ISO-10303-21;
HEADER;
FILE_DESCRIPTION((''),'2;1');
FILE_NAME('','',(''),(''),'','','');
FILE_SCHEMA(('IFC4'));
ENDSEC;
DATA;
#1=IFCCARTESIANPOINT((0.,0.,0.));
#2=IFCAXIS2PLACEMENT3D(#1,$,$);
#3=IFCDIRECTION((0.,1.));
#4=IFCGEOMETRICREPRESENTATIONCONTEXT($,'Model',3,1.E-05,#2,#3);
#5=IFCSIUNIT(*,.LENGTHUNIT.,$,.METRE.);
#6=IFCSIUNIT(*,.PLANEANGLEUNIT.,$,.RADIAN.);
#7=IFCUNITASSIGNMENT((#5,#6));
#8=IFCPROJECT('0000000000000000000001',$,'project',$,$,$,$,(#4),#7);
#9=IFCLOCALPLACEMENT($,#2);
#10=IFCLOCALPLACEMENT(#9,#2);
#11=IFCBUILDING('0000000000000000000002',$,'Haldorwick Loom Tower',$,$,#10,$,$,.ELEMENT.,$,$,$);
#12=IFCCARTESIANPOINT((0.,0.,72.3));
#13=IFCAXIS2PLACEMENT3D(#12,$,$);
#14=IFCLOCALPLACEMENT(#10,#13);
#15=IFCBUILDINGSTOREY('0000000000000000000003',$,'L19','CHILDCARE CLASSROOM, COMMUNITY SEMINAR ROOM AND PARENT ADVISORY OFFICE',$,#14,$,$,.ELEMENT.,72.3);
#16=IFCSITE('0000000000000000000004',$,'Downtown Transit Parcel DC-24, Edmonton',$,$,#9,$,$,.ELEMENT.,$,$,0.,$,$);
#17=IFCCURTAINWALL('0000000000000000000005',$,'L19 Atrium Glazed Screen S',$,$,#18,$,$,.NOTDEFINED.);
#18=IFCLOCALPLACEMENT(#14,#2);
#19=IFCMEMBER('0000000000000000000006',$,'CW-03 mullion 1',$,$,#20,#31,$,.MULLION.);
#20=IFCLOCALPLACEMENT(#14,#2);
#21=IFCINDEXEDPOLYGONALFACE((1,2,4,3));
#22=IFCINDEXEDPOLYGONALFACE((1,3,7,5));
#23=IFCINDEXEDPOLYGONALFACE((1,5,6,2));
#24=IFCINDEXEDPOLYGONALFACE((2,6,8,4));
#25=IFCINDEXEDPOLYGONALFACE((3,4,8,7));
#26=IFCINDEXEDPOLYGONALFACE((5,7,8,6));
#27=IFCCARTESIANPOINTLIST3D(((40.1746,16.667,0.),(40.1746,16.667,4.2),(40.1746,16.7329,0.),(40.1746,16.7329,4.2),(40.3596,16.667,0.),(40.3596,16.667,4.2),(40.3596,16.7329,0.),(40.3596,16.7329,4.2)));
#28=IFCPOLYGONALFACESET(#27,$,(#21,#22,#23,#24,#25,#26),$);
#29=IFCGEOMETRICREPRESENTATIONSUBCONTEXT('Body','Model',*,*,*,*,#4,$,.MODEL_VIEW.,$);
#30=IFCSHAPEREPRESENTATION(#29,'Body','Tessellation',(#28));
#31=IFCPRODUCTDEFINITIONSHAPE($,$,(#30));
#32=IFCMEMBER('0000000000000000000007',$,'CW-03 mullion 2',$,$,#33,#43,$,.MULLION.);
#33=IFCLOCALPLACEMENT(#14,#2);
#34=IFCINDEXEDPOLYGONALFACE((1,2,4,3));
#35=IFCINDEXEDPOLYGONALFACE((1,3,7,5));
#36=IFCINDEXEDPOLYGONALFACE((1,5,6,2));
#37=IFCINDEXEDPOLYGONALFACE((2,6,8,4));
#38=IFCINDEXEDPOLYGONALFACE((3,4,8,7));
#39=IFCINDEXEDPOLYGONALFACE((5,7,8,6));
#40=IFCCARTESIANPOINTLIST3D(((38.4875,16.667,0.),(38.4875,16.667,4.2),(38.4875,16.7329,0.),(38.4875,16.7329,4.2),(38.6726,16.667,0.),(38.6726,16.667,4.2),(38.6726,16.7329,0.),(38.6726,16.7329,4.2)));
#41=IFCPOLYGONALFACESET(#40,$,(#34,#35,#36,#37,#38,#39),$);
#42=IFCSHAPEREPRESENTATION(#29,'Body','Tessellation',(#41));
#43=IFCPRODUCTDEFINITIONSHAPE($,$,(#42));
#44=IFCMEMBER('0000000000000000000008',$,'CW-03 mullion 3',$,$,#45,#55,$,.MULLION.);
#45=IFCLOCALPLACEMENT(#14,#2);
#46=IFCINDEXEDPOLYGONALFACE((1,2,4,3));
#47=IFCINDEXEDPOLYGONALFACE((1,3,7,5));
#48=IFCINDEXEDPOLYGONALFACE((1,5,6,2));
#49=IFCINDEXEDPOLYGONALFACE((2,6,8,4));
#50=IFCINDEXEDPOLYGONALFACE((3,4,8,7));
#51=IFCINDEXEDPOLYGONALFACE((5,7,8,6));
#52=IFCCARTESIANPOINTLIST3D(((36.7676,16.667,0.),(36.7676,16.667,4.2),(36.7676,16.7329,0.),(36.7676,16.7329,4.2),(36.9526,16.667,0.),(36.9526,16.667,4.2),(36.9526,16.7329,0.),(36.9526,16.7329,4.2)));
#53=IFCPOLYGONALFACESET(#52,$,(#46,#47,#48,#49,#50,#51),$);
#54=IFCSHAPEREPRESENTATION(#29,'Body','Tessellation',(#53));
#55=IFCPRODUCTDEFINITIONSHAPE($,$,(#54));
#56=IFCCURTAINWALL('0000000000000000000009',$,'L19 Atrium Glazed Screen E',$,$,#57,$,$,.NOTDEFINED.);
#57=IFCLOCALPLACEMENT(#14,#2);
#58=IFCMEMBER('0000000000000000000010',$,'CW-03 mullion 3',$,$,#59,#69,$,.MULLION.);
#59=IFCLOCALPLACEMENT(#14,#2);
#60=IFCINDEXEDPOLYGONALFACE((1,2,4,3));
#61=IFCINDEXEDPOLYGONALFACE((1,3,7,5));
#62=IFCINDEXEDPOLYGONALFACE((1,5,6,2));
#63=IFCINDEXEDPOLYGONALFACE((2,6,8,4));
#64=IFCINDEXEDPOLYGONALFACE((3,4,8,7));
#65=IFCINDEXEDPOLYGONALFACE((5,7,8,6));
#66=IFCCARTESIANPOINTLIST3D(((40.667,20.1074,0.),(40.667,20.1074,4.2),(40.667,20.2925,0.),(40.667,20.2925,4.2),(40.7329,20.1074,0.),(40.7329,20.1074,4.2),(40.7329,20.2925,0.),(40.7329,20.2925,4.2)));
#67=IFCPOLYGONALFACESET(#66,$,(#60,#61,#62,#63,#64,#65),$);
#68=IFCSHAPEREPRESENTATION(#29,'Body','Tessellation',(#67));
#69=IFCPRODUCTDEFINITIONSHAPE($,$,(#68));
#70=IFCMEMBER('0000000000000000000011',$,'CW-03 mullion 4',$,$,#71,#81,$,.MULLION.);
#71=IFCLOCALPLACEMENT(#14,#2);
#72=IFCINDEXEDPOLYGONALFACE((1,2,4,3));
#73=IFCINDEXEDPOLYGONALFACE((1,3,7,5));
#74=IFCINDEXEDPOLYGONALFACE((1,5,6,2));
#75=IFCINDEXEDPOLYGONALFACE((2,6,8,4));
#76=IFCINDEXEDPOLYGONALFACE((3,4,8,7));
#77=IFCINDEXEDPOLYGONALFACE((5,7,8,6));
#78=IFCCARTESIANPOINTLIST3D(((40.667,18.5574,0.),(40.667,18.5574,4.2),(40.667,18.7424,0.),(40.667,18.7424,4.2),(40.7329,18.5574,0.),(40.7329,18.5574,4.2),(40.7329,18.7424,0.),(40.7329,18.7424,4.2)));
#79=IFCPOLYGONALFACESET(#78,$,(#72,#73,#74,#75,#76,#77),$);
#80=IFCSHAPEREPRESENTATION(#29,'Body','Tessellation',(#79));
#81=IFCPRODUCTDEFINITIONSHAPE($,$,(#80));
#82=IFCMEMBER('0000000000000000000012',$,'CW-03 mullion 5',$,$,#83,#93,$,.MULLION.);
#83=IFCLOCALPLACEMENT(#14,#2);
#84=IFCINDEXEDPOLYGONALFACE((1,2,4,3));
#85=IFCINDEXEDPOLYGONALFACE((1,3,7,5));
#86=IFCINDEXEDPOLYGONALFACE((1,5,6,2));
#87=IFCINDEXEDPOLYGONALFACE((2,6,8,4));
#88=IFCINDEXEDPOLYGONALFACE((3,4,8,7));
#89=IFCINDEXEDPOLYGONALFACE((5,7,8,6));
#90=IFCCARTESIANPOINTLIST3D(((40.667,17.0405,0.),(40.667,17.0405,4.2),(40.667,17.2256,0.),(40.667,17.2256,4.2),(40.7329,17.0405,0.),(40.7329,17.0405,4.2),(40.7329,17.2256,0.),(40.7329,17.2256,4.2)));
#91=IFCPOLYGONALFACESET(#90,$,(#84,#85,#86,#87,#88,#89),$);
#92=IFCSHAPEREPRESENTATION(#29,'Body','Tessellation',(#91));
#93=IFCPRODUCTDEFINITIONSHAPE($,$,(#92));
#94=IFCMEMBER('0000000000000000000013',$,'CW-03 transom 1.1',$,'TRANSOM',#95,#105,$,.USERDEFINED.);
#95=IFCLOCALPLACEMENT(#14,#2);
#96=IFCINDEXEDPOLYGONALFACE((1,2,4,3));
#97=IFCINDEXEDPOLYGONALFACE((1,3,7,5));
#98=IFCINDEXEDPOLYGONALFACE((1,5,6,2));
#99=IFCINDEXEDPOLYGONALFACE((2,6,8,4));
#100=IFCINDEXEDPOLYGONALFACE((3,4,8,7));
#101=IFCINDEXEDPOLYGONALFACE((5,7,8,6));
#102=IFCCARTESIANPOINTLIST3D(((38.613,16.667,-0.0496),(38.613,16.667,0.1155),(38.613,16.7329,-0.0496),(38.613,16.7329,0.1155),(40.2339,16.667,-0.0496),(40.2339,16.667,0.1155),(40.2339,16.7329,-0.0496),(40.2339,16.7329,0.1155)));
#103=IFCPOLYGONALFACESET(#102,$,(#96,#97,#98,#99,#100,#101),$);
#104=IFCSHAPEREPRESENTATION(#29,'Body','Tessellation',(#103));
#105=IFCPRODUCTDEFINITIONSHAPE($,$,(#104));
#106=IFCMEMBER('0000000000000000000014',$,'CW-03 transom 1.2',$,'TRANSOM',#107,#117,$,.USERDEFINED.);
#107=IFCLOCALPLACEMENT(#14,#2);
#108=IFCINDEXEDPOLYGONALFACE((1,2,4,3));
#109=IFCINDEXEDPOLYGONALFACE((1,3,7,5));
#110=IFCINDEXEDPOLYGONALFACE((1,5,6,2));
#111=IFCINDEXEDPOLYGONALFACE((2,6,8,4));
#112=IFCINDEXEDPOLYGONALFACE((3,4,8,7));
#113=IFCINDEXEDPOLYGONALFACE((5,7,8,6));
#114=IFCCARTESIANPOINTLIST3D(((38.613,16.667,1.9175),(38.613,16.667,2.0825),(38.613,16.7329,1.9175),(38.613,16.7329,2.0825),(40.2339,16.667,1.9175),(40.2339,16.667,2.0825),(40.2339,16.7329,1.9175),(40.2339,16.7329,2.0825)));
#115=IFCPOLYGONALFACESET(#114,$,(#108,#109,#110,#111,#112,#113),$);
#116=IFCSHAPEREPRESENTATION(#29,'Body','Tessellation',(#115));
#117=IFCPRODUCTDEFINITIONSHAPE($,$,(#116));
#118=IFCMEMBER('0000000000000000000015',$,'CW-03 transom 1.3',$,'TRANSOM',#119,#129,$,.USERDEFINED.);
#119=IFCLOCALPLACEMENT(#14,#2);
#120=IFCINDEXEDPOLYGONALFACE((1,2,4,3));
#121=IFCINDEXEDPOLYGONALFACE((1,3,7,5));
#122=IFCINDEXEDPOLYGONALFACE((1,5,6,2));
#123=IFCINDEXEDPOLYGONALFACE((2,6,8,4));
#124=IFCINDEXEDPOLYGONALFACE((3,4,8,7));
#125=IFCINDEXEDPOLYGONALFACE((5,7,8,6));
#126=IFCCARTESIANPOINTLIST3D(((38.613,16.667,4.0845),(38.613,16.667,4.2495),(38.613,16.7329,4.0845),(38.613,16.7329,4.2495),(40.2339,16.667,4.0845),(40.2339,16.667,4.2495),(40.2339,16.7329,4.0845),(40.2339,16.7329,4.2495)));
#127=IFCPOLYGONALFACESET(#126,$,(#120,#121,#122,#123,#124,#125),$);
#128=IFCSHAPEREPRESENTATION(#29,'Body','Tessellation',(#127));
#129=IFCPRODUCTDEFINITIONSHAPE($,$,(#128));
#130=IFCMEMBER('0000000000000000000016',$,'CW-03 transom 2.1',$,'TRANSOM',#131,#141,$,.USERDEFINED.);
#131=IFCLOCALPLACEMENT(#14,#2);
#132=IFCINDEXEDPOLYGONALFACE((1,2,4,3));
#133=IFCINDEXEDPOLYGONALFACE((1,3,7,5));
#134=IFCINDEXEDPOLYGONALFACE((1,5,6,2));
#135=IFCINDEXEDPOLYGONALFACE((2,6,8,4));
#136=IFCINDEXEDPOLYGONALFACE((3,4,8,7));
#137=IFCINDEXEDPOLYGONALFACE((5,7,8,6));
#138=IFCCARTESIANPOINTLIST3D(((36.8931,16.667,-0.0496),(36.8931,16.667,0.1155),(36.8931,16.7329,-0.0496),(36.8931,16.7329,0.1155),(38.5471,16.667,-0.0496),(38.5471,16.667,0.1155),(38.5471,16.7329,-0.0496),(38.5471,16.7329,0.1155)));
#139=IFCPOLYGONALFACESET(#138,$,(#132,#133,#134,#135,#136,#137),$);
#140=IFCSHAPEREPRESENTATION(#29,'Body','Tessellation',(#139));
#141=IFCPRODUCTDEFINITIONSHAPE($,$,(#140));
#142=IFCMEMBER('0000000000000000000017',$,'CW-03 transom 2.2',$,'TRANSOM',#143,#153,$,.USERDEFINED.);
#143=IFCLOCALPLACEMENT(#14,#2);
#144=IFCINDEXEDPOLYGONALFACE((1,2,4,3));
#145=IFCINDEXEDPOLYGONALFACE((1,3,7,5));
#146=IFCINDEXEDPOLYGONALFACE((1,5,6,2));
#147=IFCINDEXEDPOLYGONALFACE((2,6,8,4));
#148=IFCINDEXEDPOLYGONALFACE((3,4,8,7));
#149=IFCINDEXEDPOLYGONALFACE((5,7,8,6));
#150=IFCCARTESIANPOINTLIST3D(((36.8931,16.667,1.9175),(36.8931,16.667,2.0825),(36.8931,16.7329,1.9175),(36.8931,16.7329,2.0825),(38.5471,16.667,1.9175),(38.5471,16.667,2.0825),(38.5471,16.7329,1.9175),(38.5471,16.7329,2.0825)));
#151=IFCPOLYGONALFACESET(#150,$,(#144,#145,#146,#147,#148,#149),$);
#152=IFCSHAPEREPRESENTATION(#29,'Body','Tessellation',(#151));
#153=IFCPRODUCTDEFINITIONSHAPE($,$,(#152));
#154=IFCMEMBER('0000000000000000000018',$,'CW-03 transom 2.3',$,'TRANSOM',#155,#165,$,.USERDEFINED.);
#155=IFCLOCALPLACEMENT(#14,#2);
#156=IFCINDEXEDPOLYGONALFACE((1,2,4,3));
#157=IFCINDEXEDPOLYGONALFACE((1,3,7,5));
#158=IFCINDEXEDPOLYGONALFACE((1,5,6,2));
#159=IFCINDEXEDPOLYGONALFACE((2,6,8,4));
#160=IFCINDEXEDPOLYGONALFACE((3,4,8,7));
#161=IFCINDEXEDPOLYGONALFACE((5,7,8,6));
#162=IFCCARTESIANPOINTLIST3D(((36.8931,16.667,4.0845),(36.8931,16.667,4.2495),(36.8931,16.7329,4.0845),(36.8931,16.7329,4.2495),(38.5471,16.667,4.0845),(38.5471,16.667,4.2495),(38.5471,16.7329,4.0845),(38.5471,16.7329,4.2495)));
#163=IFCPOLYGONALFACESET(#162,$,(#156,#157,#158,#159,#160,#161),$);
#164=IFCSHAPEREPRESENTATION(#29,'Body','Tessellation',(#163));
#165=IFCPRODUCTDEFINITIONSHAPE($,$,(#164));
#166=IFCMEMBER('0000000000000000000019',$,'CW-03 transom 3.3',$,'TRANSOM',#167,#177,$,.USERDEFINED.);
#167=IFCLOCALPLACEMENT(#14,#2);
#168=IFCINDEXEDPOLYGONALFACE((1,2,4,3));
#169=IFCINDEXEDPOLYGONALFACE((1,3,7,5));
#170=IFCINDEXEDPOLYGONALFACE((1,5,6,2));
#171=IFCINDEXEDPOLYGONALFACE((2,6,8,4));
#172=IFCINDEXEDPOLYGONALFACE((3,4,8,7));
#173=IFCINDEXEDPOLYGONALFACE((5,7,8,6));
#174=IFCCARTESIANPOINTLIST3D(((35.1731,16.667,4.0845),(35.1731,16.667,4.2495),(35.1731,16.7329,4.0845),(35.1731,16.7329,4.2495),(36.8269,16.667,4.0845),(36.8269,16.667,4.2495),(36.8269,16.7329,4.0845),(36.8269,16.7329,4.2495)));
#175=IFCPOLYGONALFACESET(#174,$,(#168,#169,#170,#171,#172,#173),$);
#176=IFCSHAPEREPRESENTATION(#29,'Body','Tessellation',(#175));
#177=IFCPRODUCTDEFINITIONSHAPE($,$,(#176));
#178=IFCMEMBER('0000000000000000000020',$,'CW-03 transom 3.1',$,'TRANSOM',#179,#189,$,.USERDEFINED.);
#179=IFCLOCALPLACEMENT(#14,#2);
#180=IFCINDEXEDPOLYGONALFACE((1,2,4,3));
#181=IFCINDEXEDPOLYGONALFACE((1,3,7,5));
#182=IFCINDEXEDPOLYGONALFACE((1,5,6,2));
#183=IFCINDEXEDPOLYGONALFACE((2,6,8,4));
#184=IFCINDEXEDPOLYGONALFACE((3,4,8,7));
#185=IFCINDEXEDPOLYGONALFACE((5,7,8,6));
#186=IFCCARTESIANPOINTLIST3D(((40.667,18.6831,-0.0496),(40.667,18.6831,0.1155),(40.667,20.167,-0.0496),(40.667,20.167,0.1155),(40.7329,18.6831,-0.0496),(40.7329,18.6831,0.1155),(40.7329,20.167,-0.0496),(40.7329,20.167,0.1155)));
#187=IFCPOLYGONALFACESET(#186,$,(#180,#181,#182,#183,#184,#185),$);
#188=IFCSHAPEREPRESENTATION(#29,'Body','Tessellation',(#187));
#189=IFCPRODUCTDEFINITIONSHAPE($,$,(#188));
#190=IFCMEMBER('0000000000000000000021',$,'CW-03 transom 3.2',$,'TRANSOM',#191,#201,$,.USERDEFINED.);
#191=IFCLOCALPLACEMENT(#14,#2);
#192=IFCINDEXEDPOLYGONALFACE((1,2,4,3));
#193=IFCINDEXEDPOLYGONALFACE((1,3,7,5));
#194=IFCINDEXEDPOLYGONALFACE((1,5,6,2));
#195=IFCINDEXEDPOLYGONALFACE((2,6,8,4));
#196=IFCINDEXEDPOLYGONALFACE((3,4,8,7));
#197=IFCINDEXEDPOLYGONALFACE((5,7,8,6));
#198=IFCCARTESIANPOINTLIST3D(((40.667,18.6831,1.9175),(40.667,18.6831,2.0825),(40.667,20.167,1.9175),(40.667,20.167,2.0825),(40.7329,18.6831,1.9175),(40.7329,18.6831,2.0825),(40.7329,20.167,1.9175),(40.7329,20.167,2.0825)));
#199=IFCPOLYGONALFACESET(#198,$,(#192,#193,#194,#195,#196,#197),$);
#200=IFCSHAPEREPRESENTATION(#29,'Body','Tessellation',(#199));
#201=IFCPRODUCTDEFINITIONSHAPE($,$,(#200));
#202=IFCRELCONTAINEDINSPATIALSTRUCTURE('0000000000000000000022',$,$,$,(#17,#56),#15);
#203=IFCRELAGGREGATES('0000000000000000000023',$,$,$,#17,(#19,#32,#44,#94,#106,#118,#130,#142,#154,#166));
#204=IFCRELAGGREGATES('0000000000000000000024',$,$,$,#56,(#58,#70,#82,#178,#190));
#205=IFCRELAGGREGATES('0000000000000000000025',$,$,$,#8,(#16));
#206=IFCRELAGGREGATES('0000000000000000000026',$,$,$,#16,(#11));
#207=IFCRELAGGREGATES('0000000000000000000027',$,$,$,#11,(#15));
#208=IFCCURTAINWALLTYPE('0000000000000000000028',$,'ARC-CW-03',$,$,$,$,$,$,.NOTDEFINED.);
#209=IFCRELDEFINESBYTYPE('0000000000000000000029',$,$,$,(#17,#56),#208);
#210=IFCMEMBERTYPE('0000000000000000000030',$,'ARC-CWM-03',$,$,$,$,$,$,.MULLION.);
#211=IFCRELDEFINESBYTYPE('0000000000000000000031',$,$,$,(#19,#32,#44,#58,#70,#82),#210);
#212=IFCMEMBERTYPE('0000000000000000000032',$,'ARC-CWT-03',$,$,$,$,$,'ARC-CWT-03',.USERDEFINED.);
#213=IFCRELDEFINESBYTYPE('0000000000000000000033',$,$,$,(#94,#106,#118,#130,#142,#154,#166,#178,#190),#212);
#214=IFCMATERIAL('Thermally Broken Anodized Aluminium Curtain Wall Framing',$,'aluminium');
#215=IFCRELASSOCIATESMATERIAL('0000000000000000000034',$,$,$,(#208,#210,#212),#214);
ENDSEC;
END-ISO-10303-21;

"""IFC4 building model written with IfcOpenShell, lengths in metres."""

from ifc_helpers import new_model, si_unit, direction, frame, origin, origin_2d, place, context, subcontext, project, spatial, rectangle, extrude, material, material_profile, profile_set, type_object, element, aggregate, save


model = new_model("IFC4")

# Units and contexts
model_context = context("Model", 3, precision=1e-05, world=origin(), true_north=direction((0.0, 1.0)))
body_context = subcontext(model_context, "Body", "Model", "MODEL_VIEW")
ifc_project = project(units=[si_unit("LENGTHUNIT", "METRE"), si_unit("PLANEANGLEUNIT", "RADIAN")], contexts=[model_context])

# Site, building, storey
site_placement = place(None, origin())
site = spatial("IfcSite", under=ifc_project, at=site_placement, Name="Downtown Transit Parcel DC-24, Edmonton", CompositionType="ELEMENT", RefElevation=0.0)
building_placement = place(site_placement, origin())
building = spatial("IfcBuilding", under=site, at=building_placement, Name="Haldorwick Loom Tower", CompositionType="ELEMENT")
storey_placement = place(building_placement, frame((0.0, 0.0, 72.3)))
storey = spatial("IfcBuildingStorey", under=building, at=storey_placement, Name="L19", Description="CHILDCARE CLASSROOM, COMMUNITY SEMINAR ROOM AND PARENT ADVISORY OFFICE", CompositionType="ELEMENT", Elevation=72.3)

# Curtain walls, members
ifc_material_1 = material(Name="Thermally Broken Anodized Aluminium Curtain Wall Framing", Category="aluminium")
curtain_wall_type = type_object("IfcCurtainWallType", Name="ARC-CW-03", PredefinedType="NOTDEFINED", material=ifc_material_1)
curtain_wall_1_placement = place(storey_placement, origin())
curtain_wall_1 = element("IfcCurtainWall", 1, at=curtain_wall_1_placement, inside=storey, type_object=curtain_wall_type, Name="L19 Atrium Glazed Screen S", PredefinedType="NOTDEFINED")
ifc_material_profile_1 = material_profile(ifc_material_1, rectangle(XDim=0.0659, YDim=0.1851, at=origin_2d()), Name="ALU_MUL_66X185", Category="aluminium")
ifc_profile_set_1 = profile_set([ifc_material_profile_1], Name="Thermally Broken Anodized Aluminium Curtain Wall Framing")
member_type_1 = type_object("IfcMemberType", Name="ARC-CWM-03", PredefinedType="MULLION", material=ifc_profile_set_1)
member_1_placement = place(storey_placement, frame((40.2671, 16.7, 0.0), z_axis=(0.0, 0.0, 1.0), x_axis=(0.0, -1.0, 0.0)))
member_1 = element("IfcMember", 2, at=member_1_placement, type_object=member_type_1, Name="CW-03 mullion 1", PredefinedType="MULLION", context=body_context, shape_type="SweptSolid", body=[
    extrude(rectangle(XDim=0.0659, YDim=0.1851, at=origin_2d()), origin(), (0.0, 0.0, 1.0), 4.2),
])
member_2_placement = place(storey_placement, frame((38.5801, 16.7, 0.0), z_axis=(0.0, 0.0, 1.0), x_axis=(0.0, -1.0, 0.0)))
member_2 = element("IfcMember", 3, at=member_2_placement, type_object=member_type_1, Name="CW-03 mullion 2", PredefinedType="MULLION", context=body_context, shape_type="SweptSolid", body=[
    extrude(rectangle(XDim=0.0659, YDim=0.1851, at=origin_2d()), origin(), (0.0, 0.0, 1.0), 4.2),
])
member_3_placement = place(storey_placement, frame((36.8601, 16.7, 0.0), z_axis=(0.0, 0.0, 1.0), x_axis=(0.0, -1.0, 0.0)))
member_3 = element("IfcMember", 4, at=member_3_placement, type_object=member_type_1, Name="CW-03 mullion 3", PredefinedType="MULLION", context=body_context, shape_type="SweptSolid", body=[
    extrude(rectangle(XDim=0.0659, YDim=0.1851, at=origin_2d()), origin(), (0.0, 0.0, 1.0), 4.2),
])
curtain_wall_2_placement = place(storey_placement, origin())
curtain_wall_2 = element("IfcCurtainWall", 5, at=curtain_wall_2_placement, inside=storey, type_object=curtain_wall_type, Name="L19 Atrium Glazed Screen E", PredefinedType="NOTDEFINED")
member_4_placement = place(storey_placement, frame((40.7, 20.2, 0.0), z_axis=(0.0, 0.0, 1.0), x_axis=(1.0, 0.0, 0.0)))
member_4 = element("IfcMember", 6, at=member_4_placement, type_object=member_type_1, Name="CW-03 mullion 3", PredefinedType="MULLION", context=body_context, shape_type="SweptSolid", body=[
    extrude(rectangle(XDim=0.0659, YDim=0.1851, at=origin_2d()), origin(), (0.0, 0.0, 1.0), 4.2),
])
member_5_placement = place(storey_placement, frame((40.7, 18.6499, 0.0), z_axis=(0.0, 0.0, 1.0), x_axis=(1.0, 0.0, 0.0)))
member_5 = element("IfcMember", 7, at=member_5_placement, type_object=member_type_1, Name="CW-03 mullion 4", PredefinedType="MULLION", context=body_context, shape_type="SweptSolid", body=[
    extrude(rectangle(XDim=0.0659, YDim=0.1851, at=origin_2d()), origin(), (0.0, 0.0, 1.0), 4.2),
])
member_6_placement = place(storey_placement, frame((40.7, 17.1331, 0.0), z_axis=(0.0, 0.0, 1.0), x_axis=(1.0, 0.0, 0.0)))
member_6 = element("IfcMember", 8, at=member_6_placement, type_object=member_type_1, Name="CW-03 mullion 5", PredefinedType="MULLION", context=body_context, shape_type="SweptSolid", body=[
    extrude(rectangle(XDim=0.0659, YDim=0.1851, at=origin_2d()), origin(), (0.0, 0.0, 1.0), 4.2),
])

# Members
ifc_material_profile_2 = material_profile(ifc_material_1, rectangle(XDim=0.0659, YDim=0.165, at=origin_2d()), Name="ALU_TRN_66X165", Category="aluminium")
ifc_profile_set_2 = profile_set([ifc_material_profile_2], Name="Thermally Broken Anodized Aluminium Curtain Wall Framing")
member_type_2 = type_object("IfcMemberType", Name="ARC-CWT-03", ElementType="ARC-CWT-03", PredefinedType="USERDEFINED", material=ifc_profile_set_2)
member_7_placement = place(storey_placement, frame((40.2339, 16.7, 0.033), z_axis=(-1.0, 0.0, 0.0), x_axis=(0.0, -1.0, 0.0)))
member_7 = element("IfcMember", 9, at=member_7_placement, type_object=member_type_2, Name="CW-03 transom 1.1", ObjectType="TRANSOM", PredefinedType="USERDEFINED", context=body_context, shape_type="SweptSolid", body=[
    extrude(rectangle(XDim=0.0659, YDim=0.165, at=origin_2d()), origin(), (0.0, 0.0, 1.0), 1.6208),
])
member_8_placement = place(storey_placement, frame((40.2339, 16.7, 2.0), z_axis=(-1.0, 0.0, 0.0), x_axis=(0.0, -1.0, 0.0)))
member_8 = element("IfcMember", 10, at=member_8_placement, type_object=member_type_2, Name="CW-03 transom 1.2", ObjectType="TRANSOM", PredefinedType="USERDEFINED", context=body_context, shape_type="SweptSolid", body=[
    extrude(rectangle(XDim=0.0659, YDim=0.165, at=origin_2d()), origin(), (0.0, 0.0, 1.0), 1.6208),
])
member_9_placement = place(storey_placement, frame((40.2339, 16.7, 4.167), z_axis=(-1.0, 0.0, 0.0), x_axis=(0.0, -1.0, 0.0)))
member_9 = element("IfcMember", 11, at=member_9_placement, type_object=member_type_2, Name="CW-03 transom 1.3", ObjectType="TRANSOM", PredefinedType="USERDEFINED", context=body_context, shape_type="SweptSolid", body=[
    extrude(rectangle(XDim=0.0659, YDim=0.165, at=origin_2d()), origin(), (0.0, 0.0, 1.0), 1.6208),
])
member_10_placement = place(storey_placement, frame((38.5471, 16.7, 0.033), z_axis=(-1.0, 0.0, 0.0), x_axis=(0.0, -1.0, 0.0)))
member_10 = element("IfcMember", 12, at=member_10_placement, type_object=member_type_2, Name="CW-03 transom 2.1", ObjectType="TRANSOM", PredefinedType="USERDEFINED", context=body_context, shape_type="SweptSolid", body=[
    extrude(rectangle(XDim=0.0659, YDim=0.165, at=origin_2d()), origin(), (0.0, 0.0, 1.0), 1.6541),
])
member_11_placement = place(storey_placement, frame((38.5471, 16.7, 2.0), z_axis=(-1.0, 0.0, 0.0), x_axis=(0.0, -1.0, 0.0)))
member_11 = element("IfcMember", 13, at=member_11_placement, type_object=member_type_2, Name="CW-03 transom 2.2", ObjectType="TRANSOM", PredefinedType="USERDEFINED", context=body_context, shape_type="SweptSolid", body=[
    extrude(rectangle(XDim=0.0659, YDim=0.165, at=origin_2d()), origin(), (0.0, 0.0, 1.0), 1.6541),
])
member_12_placement = place(storey_placement, frame((38.5471, 16.7, 4.167), z_axis=(-1.0, 0.0, 0.0), x_axis=(0.0, -1.0, 0.0)))
member_12 = element("IfcMember", 14, at=member_12_placement, type_object=member_type_2, Name="CW-03 transom 2.3", ObjectType="TRANSOM", PredefinedType="USERDEFINED", context=body_context, shape_type="SweptSolid", body=[
    extrude(rectangle(XDim=0.0659, YDim=0.165, at=origin_2d()), origin(), (0.0, 0.0, 1.0), 1.6541),
])
member_13_placement = place(storey_placement, frame((36.8269, 16.7, 4.167), z_axis=(-1.0, 0.0, 0.0), x_axis=(0.0, -1.0, 0.0)))
member_13 = element("IfcMember", 15, at=member_13_placement, type_object=member_type_2, Name="CW-03 transom 3.3", ObjectType="TRANSOM", PredefinedType="USERDEFINED", context=body_context, shape_type="SweptSolid", body=[
    extrude(rectangle(XDim=0.0659, YDim=0.165, at=origin_2d()), origin(), (0.0, 0.0, 1.0), 1.6538),
])
member_14_placement = place(storey_placement, frame((40.7, 20.167, 0.033), z_axis=(0.0, -1.0, 0.0), x_axis=(1.0, 0.0, 0.0)))
member_14 = element("IfcMember", 16, at=member_14_placement, type_object=member_type_2, Name="CW-03 transom 3.1", ObjectType="TRANSOM", PredefinedType="USERDEFINED", context=body_context, shape_type="SweptSolid", body=[
    extrude(rectangle(XDim=0.0659, YDim=0.165, at=origin_2d()), origin(), (0.0, 0.0, 1.0), 1.4839),
])
member_15_placement = place(storey_placement, frame((40.7, 20.167, 2.0), z_axis=(0.0, -1.0, 0.0), x_axis=(1.0, 0.0, 0.0)))
member_15 = element("IfcMember", 17, at=member_15_placement, type_object=member_type_2, Name="CW-03 transom 3.2", ObjectType="TRANSOM", PredefinedType="USERDEFINED", context=body_context, shape_type="SweptSolid", body=[
    extrude(rectangle(XDim=0.0659, YDim=0.165, at=origin_2d()), origin(), (0.0, 0.0, 1.0), 1.4839),
])

aggregate(curtain_wall_1, [member_1, member_2, member_3, member_7, member_8, member_9, member_10, member_11, member_12, member_13])
aggregate(curtain_wall_2, [member_4, member_5, member_6, member_14, member_15])

save(model, "model.ifc")
